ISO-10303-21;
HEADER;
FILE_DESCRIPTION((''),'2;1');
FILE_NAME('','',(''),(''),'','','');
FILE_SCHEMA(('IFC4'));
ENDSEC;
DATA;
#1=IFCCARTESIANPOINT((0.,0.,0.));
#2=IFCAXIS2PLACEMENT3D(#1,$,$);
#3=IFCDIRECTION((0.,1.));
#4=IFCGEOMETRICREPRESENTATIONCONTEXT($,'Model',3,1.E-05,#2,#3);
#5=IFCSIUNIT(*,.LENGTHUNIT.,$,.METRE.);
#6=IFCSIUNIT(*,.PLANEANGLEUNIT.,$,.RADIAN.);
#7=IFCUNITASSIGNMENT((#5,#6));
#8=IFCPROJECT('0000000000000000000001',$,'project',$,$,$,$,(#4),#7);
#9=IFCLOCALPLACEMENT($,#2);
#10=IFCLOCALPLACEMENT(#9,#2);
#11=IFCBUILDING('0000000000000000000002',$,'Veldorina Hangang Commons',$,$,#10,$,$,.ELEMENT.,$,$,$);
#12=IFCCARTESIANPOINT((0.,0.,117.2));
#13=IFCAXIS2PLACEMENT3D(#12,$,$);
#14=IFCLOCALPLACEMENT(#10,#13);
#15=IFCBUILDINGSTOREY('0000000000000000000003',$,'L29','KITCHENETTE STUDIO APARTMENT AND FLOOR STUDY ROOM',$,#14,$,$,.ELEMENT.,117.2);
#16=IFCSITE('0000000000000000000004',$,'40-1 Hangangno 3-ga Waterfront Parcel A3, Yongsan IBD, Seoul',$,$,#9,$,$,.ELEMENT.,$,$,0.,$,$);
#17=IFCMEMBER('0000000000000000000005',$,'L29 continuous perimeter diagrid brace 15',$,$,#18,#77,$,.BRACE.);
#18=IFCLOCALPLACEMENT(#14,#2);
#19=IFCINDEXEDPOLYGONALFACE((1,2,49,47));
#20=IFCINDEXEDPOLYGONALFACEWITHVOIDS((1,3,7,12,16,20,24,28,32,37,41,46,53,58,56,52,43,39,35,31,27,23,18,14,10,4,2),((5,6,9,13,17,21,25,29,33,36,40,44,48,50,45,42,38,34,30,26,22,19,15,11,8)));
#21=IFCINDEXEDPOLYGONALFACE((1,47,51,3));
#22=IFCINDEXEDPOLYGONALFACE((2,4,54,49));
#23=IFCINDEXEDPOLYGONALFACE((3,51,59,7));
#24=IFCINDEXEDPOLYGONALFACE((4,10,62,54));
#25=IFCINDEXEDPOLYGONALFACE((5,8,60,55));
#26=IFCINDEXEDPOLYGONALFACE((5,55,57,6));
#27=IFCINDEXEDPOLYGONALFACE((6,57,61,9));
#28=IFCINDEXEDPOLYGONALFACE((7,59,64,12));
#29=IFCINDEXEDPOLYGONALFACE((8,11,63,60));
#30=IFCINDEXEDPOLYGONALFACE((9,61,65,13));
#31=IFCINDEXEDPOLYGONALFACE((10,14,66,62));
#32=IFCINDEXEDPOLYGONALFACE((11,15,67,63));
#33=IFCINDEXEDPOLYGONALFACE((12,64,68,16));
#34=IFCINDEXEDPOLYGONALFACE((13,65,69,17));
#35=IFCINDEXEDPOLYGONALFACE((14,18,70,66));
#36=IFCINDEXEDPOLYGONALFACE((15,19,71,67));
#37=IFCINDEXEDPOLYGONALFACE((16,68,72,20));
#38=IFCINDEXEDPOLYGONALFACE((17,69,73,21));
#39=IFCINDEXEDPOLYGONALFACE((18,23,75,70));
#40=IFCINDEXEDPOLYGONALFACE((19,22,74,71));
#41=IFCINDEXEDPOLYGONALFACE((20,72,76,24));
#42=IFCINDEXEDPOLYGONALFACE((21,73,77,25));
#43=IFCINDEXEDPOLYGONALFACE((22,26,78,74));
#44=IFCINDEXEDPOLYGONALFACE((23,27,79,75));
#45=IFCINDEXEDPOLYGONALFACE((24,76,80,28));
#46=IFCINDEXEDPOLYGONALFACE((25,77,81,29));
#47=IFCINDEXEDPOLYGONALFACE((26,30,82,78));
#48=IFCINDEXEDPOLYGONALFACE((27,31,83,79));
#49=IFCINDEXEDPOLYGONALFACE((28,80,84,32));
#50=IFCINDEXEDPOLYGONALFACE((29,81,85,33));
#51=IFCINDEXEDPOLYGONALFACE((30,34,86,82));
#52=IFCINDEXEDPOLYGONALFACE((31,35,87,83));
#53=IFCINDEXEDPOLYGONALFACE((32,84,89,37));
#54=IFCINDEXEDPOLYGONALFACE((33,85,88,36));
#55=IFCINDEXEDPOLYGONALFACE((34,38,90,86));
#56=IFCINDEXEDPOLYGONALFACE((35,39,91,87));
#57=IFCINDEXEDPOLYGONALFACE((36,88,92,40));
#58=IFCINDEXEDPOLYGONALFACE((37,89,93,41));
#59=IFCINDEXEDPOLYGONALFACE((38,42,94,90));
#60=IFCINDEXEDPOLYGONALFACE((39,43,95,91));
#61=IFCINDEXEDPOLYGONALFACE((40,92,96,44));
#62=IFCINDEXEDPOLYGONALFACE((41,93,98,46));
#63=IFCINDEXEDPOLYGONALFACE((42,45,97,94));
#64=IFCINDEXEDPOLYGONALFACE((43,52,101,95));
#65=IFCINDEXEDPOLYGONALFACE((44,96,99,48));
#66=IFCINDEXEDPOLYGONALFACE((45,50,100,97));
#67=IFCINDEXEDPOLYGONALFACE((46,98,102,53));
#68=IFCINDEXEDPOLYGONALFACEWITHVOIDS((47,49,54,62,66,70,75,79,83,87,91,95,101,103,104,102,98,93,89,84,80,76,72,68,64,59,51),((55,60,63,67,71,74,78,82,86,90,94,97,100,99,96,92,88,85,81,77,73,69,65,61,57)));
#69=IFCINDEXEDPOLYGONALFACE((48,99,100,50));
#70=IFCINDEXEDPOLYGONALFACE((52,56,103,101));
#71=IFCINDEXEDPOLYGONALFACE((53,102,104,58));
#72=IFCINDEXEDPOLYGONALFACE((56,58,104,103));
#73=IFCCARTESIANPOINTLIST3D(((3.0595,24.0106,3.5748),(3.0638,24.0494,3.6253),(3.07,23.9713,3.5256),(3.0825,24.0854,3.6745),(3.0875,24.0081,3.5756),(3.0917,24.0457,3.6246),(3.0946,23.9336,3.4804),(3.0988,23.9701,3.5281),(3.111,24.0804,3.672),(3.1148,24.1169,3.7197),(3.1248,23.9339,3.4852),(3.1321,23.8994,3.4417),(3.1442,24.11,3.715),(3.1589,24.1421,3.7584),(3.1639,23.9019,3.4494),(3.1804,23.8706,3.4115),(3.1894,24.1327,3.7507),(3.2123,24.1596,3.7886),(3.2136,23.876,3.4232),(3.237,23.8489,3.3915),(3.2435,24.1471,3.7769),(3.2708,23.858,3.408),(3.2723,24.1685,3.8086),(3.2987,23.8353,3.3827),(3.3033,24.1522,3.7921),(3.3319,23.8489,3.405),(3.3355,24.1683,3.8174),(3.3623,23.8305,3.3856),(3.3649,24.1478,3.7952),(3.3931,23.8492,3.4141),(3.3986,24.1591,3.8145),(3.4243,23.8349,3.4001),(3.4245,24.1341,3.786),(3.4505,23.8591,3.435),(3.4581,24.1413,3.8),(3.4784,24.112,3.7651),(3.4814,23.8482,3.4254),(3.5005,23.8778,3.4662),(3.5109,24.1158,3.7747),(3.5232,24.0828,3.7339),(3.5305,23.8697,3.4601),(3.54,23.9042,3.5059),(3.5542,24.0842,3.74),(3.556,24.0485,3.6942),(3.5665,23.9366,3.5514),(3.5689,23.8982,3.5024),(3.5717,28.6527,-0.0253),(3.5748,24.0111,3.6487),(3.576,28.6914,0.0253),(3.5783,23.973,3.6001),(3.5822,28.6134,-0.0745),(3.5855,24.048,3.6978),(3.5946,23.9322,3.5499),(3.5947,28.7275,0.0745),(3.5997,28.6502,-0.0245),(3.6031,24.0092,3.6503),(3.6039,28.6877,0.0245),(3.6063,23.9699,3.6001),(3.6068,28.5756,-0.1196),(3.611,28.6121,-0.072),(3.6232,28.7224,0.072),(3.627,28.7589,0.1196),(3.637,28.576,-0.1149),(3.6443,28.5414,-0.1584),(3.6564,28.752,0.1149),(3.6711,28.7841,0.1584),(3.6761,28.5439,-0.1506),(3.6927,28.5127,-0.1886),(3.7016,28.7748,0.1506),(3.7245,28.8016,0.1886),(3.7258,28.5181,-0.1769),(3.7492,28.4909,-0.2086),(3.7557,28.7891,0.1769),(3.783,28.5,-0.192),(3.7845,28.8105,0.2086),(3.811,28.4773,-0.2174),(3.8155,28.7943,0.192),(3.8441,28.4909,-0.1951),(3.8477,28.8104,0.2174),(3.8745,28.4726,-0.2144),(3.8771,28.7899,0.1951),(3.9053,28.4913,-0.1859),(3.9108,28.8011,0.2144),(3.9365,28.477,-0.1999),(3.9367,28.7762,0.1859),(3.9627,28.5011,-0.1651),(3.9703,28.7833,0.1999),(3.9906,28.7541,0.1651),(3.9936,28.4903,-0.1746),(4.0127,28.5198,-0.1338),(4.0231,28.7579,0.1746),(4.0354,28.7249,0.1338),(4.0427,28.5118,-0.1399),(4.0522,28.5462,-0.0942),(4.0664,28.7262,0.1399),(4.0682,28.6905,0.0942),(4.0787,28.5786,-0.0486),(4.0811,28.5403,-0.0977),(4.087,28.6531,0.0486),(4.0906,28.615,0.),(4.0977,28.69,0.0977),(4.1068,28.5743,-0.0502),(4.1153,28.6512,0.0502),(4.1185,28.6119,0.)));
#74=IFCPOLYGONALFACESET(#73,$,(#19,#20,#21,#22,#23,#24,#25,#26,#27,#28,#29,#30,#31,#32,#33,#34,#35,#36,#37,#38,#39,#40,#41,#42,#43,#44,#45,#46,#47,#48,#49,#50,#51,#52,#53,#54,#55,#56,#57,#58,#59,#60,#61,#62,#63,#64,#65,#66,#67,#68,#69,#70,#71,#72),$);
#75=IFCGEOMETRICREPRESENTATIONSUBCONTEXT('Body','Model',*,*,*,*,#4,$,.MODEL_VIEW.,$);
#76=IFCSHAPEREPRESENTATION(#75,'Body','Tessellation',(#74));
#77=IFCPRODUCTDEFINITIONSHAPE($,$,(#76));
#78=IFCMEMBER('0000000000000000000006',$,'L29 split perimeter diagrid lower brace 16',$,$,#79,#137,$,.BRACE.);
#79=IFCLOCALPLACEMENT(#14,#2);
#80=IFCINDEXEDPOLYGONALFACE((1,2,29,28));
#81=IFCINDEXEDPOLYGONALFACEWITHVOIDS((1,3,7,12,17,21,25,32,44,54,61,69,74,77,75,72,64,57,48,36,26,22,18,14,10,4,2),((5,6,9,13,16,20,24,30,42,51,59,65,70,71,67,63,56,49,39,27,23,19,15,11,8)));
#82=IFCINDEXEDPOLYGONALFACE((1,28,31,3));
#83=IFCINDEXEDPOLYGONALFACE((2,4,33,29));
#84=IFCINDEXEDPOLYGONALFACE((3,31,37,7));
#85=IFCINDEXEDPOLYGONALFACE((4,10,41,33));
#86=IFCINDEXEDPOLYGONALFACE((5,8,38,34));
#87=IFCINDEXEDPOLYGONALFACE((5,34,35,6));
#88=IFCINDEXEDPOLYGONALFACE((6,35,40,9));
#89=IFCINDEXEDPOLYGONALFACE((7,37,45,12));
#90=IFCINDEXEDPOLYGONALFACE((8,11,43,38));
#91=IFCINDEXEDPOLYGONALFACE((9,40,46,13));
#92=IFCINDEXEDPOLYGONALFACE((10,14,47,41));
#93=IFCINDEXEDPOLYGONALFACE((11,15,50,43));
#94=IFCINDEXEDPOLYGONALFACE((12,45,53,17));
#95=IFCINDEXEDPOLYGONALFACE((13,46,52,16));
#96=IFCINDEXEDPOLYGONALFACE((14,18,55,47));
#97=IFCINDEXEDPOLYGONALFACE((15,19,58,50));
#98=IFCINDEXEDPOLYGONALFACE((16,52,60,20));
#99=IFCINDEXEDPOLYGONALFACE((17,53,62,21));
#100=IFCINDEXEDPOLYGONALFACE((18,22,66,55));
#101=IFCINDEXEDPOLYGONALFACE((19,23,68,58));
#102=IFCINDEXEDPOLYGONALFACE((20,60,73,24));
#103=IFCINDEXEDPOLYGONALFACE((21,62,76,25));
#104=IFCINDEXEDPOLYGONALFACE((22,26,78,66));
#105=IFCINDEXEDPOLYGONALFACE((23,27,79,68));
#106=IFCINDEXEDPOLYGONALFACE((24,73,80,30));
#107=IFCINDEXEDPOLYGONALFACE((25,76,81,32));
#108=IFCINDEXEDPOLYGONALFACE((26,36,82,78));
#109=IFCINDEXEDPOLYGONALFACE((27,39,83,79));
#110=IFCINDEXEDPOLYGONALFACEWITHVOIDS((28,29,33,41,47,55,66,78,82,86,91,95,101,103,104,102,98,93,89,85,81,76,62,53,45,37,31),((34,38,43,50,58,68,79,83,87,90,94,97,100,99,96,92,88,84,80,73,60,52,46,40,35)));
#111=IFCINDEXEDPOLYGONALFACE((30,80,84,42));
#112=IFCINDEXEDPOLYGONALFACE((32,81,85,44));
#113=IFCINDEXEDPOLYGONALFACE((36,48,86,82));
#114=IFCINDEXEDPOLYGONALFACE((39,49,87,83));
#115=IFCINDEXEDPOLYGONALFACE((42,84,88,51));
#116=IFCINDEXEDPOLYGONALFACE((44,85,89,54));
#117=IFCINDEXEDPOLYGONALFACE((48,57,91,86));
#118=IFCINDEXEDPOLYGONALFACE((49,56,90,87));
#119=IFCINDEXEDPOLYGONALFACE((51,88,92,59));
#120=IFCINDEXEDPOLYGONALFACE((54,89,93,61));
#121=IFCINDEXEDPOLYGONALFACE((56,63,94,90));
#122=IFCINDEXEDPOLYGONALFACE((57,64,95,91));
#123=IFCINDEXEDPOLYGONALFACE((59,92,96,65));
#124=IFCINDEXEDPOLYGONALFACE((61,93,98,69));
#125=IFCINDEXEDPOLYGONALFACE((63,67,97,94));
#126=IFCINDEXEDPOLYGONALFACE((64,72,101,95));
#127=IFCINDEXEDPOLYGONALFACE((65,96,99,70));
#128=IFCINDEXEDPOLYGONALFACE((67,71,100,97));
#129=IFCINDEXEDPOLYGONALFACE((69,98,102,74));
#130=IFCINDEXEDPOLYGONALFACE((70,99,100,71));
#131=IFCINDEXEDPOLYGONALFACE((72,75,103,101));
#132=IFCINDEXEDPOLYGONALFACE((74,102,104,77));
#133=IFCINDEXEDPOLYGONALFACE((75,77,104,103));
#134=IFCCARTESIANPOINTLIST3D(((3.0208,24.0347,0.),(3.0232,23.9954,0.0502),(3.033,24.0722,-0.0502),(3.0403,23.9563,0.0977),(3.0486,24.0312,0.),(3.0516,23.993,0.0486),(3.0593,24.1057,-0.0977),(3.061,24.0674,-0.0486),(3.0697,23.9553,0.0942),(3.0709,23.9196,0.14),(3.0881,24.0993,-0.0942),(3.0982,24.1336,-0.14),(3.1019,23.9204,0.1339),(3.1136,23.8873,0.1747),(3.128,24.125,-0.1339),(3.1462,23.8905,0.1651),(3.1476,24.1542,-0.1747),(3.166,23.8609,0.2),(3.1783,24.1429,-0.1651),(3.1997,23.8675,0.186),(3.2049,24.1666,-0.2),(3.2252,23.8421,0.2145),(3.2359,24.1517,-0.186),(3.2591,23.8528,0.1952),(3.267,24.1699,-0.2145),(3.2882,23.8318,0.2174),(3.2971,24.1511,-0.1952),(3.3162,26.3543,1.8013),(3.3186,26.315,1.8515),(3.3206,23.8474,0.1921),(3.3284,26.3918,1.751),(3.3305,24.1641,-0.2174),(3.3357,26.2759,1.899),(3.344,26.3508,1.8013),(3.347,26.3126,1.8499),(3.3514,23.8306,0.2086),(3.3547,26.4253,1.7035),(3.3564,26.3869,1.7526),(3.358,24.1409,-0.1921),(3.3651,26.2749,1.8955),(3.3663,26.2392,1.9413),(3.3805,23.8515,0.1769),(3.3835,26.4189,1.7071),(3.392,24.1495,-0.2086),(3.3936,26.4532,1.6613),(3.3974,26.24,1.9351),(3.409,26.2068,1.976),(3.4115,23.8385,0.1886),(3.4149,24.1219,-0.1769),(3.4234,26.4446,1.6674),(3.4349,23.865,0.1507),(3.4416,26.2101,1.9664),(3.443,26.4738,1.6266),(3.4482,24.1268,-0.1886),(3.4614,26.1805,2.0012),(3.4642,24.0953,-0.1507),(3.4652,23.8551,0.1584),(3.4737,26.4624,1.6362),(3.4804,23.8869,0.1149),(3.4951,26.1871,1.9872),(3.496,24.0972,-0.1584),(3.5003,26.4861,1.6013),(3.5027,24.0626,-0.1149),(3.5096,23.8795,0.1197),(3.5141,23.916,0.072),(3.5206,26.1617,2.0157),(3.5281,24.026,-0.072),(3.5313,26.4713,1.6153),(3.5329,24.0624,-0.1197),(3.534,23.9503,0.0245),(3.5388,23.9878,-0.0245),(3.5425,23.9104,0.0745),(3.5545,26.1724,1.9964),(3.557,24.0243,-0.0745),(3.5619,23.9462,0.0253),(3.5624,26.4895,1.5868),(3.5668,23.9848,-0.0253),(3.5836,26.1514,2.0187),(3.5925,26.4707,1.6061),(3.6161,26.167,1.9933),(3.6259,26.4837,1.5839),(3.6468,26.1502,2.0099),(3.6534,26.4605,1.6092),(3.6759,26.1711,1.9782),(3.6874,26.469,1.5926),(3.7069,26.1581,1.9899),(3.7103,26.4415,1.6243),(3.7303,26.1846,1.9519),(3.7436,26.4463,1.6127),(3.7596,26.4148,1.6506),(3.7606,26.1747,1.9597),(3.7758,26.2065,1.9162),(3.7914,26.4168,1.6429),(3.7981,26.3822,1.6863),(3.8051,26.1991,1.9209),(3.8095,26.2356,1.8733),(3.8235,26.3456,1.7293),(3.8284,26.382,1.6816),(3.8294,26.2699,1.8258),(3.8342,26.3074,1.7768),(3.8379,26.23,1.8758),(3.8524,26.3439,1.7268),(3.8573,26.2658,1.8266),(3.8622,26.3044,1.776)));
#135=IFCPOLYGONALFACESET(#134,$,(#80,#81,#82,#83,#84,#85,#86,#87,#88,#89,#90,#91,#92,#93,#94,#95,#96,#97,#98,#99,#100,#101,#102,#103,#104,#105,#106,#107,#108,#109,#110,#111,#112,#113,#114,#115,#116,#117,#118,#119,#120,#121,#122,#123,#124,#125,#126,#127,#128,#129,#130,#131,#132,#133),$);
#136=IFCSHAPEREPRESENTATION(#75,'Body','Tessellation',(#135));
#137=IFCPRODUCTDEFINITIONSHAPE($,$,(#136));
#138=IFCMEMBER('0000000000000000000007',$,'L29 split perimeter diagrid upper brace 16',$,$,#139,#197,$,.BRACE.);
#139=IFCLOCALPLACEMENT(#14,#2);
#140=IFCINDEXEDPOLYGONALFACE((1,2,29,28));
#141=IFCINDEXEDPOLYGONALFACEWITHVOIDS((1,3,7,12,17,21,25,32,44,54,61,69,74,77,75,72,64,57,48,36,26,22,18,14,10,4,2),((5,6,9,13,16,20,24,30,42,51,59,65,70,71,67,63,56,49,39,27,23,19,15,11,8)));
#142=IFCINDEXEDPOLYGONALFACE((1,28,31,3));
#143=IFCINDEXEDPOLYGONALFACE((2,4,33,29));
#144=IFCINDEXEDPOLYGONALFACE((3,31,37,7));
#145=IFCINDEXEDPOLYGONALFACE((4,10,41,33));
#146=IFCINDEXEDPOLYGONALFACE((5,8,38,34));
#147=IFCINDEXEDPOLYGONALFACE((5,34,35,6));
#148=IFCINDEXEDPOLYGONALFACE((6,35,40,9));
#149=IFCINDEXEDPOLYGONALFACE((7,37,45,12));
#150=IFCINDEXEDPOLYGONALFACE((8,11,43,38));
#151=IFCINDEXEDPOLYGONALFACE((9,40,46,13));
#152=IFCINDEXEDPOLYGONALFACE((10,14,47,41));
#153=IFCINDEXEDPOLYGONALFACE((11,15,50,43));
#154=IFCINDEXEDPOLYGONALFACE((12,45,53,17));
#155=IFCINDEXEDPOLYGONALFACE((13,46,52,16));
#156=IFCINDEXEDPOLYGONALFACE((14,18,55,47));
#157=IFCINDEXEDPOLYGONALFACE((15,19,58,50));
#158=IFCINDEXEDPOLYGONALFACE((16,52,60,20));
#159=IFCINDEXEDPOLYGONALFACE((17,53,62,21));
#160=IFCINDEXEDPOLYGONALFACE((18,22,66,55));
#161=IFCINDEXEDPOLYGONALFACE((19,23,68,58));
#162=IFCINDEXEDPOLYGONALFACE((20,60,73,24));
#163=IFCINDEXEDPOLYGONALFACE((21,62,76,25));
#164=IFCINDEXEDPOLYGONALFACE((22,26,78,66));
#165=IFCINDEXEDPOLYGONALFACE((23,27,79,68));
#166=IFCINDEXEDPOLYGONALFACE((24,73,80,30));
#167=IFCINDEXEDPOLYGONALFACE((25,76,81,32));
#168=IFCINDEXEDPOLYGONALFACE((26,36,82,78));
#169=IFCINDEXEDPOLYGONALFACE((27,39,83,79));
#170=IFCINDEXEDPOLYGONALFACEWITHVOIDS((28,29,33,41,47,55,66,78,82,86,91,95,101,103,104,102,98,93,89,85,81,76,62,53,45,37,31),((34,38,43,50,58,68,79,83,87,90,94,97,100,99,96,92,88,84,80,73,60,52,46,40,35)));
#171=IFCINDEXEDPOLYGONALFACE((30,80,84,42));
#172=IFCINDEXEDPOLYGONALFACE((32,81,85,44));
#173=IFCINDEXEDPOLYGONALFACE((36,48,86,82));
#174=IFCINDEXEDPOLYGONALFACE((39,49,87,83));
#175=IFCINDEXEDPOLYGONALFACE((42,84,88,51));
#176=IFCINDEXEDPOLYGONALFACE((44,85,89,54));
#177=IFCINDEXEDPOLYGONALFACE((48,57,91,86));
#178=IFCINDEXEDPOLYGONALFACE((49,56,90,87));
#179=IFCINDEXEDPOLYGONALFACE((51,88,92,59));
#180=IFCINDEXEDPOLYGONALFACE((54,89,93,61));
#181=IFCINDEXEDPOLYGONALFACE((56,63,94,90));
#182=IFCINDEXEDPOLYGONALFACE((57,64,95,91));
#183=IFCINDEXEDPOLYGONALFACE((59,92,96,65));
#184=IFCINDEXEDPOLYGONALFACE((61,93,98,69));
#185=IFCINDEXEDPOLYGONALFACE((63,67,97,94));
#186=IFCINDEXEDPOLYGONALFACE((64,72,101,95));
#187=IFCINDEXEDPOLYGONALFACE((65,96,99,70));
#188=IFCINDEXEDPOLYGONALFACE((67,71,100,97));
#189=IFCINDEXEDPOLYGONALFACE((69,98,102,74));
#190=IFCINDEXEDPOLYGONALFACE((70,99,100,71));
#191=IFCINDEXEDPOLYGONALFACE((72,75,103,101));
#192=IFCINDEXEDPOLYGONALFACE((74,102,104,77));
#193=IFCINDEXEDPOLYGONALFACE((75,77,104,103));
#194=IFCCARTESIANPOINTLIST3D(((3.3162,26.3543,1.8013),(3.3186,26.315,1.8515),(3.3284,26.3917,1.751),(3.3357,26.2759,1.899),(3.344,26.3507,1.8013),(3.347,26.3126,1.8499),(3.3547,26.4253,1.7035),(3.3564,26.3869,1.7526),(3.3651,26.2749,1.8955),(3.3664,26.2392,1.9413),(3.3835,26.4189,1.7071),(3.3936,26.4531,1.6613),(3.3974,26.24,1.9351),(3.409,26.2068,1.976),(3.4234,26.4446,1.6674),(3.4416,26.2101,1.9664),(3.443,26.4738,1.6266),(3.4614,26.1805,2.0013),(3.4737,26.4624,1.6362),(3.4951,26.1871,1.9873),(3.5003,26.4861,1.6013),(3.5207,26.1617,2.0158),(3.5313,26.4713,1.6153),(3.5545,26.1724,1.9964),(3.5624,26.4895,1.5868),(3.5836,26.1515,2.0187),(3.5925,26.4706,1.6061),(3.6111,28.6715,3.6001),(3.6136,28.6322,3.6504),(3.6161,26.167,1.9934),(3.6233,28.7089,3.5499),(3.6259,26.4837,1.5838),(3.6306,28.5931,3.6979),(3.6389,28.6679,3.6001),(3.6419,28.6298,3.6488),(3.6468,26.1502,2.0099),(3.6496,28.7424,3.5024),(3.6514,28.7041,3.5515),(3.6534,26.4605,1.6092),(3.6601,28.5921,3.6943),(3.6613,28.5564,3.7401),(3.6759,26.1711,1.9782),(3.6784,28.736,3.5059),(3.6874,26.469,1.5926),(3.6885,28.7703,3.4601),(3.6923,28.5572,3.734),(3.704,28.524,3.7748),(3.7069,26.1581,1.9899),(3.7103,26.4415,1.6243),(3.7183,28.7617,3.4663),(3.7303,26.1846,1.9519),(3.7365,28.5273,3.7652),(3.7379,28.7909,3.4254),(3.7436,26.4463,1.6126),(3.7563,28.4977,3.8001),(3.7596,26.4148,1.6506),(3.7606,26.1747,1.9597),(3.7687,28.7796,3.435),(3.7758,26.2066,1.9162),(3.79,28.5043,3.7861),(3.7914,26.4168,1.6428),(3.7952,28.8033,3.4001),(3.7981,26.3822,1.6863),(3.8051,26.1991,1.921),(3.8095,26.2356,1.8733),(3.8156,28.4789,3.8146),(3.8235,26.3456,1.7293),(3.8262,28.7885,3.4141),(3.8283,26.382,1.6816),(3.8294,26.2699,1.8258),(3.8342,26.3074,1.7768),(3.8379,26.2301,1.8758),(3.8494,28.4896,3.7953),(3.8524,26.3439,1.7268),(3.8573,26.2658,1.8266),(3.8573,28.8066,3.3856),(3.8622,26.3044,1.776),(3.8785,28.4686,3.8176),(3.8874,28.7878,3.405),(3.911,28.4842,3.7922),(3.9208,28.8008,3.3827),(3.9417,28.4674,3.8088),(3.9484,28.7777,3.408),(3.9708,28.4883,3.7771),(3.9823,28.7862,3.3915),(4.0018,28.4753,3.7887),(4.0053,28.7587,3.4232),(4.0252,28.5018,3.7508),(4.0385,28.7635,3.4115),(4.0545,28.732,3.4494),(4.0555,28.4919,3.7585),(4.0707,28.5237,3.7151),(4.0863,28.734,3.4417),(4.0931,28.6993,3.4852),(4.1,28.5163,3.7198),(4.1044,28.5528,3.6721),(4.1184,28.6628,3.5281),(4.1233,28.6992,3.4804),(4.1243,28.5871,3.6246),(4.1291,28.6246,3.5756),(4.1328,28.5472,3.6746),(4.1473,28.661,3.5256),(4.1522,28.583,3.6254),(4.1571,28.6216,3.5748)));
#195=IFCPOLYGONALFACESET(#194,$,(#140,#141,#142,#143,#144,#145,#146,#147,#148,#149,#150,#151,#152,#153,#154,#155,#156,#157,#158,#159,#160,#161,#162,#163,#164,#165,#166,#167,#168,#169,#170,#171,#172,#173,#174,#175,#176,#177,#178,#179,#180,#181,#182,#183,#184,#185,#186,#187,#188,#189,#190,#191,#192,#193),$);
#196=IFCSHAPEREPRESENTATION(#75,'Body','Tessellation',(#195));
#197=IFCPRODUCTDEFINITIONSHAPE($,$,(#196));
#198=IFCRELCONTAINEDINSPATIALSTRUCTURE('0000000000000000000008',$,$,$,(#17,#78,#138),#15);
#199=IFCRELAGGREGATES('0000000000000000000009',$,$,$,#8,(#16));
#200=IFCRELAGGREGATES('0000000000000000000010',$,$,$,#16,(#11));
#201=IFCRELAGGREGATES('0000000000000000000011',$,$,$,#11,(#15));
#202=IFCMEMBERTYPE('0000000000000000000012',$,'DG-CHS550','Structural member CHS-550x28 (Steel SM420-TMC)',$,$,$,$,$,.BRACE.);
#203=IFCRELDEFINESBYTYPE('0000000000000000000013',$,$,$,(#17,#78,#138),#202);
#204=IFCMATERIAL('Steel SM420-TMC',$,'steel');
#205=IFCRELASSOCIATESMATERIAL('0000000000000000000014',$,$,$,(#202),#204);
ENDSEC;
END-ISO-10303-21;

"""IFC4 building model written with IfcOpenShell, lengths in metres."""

from ifc_helpers import new_model, si_unit, direction, frame, origin, origin_2d, place, context, subcontext, project, spatial, hollow_circle, extrude, material, material_profile, profile_set, type_object, element, save


model = new_model("IFC4")

# Units and contexts
model_context = context("Model", 3, precision=1e-05, world=origin(), true_north=direction((0.0, 1.0)))
body_context = subcontext(model_context, "Body", "Model", "MODEL_VIEW")
ifc_project = project(units=[si_unit("LENGTHUNIT", "METRE"), si_unit("PLANEANGLEUNIT", "RADIAN")], contexts=[model_context])

# Site, building, storey
site_placement = place(None, origin())
site = spatial("IfcSite", under=ifc_project, at=site_placement, Name="40-1 Hangangno 3-ga Waterfront Parcel A3, Yongsan IBD, Seoul", CompositionType="ELEMENT", RefElevation=0.0)
building_placement = place(site_placement, origin())
building = spatial("IfcBuilding", under=site, at=building_placement, Name="Veldorina Hangang Commons", CompositionType="ELEMENT")
storey_placement = place(building_placement, frame((0.0, 0.0, 117.2)))
storey = spatial("IfcBuildingStorey", under=building, at=storey_placement, Name="L29", Description="KITCHENETTE STUDIO APARTMENT AND FLOOR STUDY ROOM", CompositionType="ELEMENT", Elevation=117.2)

# Shared definitions
ifc_material_1 = material(Name="Steel SM420-TMC", Category="steel")

# Members
ifc_material_profile_1 = material_profile(ifc_material_1, hollow_circle(Radius=0.2749, WallThickness=0.0281, at=origin_2d()), Name="CHS-550x28")
ifc_profile_set_1 = profile_set([ifc_material_profile_1], Name="Steel SM420-TMC")
member_type = type_object("IfcMemberType", Name="DG-CHS550", Description="Structural member CHS-550x28 (Steel SM420-TMC)", PredefinedType="BRACE", material=ifc_profile_set_1)
member_1_placement = place(storey_placement, frame((3.8452, 28.6421, 0.0), z_axis=(-0.086862, -0.787224, 0.610519), x_axis=(0.993968, -0.109674, 0.0)))
element("IfcMember", 1, at=member_1_placement, inside=storey, type_object=member_type, Name="L29 continuous perimeter diagrid brace 15", PredefinedType="BRACE", context=body_context, shape_type="SweptSolid", body=[
    extrude(hollow_circle(Radius=0.2749, WallThickness=0.0281, at=origin_2d()), origin(), (0.0, 0.0, 1.0), 5.8967),
])
member_2_placement = place(storey_placement, frame((3.2935, 24.0, 0.0), z_axis=(0.100083, 0.785856, 0.610257), x_axis=(-0.991988, 0.126335, 0.0)))
element("IfcMember", 2, at=member_2_placement, inside=storey, type_object=member_type, Name="L29 split perimeter diagrid lower brace 16", PredefinedType="BRACE", context=body_context, shape_type="SweptSolid", body=[
    extrude(hollow_circle(Radius=0.2749, WallThickness=0.0281, at=origin_2d()), origin(), (0.0, 0.0, 1.0), 2.9517),
])
member_3_placement = place(storey_placement, frame((3.5889, 26.3196, 1.8013), z_axis=(0.100034, 0.78595, 0.610144), x_axis=(-0.991997, 0.12626, 0.0)))
element("IfcMember", 3, at=member_3_placement, inside=storey, type_object=member_type, Name="L29 split perimeter diagrid upper brace 16", PredefinedType="BRACE", context=body_context, shape_type="SweptSolid", body=[
    extrude(hollow_circle(Radius=0.2749, WallThickness=0.0281, at=origin_2d()), origin(), (0.0, 0.0, 1.0), 2.9482),
])

save(model, "model.ifc")
